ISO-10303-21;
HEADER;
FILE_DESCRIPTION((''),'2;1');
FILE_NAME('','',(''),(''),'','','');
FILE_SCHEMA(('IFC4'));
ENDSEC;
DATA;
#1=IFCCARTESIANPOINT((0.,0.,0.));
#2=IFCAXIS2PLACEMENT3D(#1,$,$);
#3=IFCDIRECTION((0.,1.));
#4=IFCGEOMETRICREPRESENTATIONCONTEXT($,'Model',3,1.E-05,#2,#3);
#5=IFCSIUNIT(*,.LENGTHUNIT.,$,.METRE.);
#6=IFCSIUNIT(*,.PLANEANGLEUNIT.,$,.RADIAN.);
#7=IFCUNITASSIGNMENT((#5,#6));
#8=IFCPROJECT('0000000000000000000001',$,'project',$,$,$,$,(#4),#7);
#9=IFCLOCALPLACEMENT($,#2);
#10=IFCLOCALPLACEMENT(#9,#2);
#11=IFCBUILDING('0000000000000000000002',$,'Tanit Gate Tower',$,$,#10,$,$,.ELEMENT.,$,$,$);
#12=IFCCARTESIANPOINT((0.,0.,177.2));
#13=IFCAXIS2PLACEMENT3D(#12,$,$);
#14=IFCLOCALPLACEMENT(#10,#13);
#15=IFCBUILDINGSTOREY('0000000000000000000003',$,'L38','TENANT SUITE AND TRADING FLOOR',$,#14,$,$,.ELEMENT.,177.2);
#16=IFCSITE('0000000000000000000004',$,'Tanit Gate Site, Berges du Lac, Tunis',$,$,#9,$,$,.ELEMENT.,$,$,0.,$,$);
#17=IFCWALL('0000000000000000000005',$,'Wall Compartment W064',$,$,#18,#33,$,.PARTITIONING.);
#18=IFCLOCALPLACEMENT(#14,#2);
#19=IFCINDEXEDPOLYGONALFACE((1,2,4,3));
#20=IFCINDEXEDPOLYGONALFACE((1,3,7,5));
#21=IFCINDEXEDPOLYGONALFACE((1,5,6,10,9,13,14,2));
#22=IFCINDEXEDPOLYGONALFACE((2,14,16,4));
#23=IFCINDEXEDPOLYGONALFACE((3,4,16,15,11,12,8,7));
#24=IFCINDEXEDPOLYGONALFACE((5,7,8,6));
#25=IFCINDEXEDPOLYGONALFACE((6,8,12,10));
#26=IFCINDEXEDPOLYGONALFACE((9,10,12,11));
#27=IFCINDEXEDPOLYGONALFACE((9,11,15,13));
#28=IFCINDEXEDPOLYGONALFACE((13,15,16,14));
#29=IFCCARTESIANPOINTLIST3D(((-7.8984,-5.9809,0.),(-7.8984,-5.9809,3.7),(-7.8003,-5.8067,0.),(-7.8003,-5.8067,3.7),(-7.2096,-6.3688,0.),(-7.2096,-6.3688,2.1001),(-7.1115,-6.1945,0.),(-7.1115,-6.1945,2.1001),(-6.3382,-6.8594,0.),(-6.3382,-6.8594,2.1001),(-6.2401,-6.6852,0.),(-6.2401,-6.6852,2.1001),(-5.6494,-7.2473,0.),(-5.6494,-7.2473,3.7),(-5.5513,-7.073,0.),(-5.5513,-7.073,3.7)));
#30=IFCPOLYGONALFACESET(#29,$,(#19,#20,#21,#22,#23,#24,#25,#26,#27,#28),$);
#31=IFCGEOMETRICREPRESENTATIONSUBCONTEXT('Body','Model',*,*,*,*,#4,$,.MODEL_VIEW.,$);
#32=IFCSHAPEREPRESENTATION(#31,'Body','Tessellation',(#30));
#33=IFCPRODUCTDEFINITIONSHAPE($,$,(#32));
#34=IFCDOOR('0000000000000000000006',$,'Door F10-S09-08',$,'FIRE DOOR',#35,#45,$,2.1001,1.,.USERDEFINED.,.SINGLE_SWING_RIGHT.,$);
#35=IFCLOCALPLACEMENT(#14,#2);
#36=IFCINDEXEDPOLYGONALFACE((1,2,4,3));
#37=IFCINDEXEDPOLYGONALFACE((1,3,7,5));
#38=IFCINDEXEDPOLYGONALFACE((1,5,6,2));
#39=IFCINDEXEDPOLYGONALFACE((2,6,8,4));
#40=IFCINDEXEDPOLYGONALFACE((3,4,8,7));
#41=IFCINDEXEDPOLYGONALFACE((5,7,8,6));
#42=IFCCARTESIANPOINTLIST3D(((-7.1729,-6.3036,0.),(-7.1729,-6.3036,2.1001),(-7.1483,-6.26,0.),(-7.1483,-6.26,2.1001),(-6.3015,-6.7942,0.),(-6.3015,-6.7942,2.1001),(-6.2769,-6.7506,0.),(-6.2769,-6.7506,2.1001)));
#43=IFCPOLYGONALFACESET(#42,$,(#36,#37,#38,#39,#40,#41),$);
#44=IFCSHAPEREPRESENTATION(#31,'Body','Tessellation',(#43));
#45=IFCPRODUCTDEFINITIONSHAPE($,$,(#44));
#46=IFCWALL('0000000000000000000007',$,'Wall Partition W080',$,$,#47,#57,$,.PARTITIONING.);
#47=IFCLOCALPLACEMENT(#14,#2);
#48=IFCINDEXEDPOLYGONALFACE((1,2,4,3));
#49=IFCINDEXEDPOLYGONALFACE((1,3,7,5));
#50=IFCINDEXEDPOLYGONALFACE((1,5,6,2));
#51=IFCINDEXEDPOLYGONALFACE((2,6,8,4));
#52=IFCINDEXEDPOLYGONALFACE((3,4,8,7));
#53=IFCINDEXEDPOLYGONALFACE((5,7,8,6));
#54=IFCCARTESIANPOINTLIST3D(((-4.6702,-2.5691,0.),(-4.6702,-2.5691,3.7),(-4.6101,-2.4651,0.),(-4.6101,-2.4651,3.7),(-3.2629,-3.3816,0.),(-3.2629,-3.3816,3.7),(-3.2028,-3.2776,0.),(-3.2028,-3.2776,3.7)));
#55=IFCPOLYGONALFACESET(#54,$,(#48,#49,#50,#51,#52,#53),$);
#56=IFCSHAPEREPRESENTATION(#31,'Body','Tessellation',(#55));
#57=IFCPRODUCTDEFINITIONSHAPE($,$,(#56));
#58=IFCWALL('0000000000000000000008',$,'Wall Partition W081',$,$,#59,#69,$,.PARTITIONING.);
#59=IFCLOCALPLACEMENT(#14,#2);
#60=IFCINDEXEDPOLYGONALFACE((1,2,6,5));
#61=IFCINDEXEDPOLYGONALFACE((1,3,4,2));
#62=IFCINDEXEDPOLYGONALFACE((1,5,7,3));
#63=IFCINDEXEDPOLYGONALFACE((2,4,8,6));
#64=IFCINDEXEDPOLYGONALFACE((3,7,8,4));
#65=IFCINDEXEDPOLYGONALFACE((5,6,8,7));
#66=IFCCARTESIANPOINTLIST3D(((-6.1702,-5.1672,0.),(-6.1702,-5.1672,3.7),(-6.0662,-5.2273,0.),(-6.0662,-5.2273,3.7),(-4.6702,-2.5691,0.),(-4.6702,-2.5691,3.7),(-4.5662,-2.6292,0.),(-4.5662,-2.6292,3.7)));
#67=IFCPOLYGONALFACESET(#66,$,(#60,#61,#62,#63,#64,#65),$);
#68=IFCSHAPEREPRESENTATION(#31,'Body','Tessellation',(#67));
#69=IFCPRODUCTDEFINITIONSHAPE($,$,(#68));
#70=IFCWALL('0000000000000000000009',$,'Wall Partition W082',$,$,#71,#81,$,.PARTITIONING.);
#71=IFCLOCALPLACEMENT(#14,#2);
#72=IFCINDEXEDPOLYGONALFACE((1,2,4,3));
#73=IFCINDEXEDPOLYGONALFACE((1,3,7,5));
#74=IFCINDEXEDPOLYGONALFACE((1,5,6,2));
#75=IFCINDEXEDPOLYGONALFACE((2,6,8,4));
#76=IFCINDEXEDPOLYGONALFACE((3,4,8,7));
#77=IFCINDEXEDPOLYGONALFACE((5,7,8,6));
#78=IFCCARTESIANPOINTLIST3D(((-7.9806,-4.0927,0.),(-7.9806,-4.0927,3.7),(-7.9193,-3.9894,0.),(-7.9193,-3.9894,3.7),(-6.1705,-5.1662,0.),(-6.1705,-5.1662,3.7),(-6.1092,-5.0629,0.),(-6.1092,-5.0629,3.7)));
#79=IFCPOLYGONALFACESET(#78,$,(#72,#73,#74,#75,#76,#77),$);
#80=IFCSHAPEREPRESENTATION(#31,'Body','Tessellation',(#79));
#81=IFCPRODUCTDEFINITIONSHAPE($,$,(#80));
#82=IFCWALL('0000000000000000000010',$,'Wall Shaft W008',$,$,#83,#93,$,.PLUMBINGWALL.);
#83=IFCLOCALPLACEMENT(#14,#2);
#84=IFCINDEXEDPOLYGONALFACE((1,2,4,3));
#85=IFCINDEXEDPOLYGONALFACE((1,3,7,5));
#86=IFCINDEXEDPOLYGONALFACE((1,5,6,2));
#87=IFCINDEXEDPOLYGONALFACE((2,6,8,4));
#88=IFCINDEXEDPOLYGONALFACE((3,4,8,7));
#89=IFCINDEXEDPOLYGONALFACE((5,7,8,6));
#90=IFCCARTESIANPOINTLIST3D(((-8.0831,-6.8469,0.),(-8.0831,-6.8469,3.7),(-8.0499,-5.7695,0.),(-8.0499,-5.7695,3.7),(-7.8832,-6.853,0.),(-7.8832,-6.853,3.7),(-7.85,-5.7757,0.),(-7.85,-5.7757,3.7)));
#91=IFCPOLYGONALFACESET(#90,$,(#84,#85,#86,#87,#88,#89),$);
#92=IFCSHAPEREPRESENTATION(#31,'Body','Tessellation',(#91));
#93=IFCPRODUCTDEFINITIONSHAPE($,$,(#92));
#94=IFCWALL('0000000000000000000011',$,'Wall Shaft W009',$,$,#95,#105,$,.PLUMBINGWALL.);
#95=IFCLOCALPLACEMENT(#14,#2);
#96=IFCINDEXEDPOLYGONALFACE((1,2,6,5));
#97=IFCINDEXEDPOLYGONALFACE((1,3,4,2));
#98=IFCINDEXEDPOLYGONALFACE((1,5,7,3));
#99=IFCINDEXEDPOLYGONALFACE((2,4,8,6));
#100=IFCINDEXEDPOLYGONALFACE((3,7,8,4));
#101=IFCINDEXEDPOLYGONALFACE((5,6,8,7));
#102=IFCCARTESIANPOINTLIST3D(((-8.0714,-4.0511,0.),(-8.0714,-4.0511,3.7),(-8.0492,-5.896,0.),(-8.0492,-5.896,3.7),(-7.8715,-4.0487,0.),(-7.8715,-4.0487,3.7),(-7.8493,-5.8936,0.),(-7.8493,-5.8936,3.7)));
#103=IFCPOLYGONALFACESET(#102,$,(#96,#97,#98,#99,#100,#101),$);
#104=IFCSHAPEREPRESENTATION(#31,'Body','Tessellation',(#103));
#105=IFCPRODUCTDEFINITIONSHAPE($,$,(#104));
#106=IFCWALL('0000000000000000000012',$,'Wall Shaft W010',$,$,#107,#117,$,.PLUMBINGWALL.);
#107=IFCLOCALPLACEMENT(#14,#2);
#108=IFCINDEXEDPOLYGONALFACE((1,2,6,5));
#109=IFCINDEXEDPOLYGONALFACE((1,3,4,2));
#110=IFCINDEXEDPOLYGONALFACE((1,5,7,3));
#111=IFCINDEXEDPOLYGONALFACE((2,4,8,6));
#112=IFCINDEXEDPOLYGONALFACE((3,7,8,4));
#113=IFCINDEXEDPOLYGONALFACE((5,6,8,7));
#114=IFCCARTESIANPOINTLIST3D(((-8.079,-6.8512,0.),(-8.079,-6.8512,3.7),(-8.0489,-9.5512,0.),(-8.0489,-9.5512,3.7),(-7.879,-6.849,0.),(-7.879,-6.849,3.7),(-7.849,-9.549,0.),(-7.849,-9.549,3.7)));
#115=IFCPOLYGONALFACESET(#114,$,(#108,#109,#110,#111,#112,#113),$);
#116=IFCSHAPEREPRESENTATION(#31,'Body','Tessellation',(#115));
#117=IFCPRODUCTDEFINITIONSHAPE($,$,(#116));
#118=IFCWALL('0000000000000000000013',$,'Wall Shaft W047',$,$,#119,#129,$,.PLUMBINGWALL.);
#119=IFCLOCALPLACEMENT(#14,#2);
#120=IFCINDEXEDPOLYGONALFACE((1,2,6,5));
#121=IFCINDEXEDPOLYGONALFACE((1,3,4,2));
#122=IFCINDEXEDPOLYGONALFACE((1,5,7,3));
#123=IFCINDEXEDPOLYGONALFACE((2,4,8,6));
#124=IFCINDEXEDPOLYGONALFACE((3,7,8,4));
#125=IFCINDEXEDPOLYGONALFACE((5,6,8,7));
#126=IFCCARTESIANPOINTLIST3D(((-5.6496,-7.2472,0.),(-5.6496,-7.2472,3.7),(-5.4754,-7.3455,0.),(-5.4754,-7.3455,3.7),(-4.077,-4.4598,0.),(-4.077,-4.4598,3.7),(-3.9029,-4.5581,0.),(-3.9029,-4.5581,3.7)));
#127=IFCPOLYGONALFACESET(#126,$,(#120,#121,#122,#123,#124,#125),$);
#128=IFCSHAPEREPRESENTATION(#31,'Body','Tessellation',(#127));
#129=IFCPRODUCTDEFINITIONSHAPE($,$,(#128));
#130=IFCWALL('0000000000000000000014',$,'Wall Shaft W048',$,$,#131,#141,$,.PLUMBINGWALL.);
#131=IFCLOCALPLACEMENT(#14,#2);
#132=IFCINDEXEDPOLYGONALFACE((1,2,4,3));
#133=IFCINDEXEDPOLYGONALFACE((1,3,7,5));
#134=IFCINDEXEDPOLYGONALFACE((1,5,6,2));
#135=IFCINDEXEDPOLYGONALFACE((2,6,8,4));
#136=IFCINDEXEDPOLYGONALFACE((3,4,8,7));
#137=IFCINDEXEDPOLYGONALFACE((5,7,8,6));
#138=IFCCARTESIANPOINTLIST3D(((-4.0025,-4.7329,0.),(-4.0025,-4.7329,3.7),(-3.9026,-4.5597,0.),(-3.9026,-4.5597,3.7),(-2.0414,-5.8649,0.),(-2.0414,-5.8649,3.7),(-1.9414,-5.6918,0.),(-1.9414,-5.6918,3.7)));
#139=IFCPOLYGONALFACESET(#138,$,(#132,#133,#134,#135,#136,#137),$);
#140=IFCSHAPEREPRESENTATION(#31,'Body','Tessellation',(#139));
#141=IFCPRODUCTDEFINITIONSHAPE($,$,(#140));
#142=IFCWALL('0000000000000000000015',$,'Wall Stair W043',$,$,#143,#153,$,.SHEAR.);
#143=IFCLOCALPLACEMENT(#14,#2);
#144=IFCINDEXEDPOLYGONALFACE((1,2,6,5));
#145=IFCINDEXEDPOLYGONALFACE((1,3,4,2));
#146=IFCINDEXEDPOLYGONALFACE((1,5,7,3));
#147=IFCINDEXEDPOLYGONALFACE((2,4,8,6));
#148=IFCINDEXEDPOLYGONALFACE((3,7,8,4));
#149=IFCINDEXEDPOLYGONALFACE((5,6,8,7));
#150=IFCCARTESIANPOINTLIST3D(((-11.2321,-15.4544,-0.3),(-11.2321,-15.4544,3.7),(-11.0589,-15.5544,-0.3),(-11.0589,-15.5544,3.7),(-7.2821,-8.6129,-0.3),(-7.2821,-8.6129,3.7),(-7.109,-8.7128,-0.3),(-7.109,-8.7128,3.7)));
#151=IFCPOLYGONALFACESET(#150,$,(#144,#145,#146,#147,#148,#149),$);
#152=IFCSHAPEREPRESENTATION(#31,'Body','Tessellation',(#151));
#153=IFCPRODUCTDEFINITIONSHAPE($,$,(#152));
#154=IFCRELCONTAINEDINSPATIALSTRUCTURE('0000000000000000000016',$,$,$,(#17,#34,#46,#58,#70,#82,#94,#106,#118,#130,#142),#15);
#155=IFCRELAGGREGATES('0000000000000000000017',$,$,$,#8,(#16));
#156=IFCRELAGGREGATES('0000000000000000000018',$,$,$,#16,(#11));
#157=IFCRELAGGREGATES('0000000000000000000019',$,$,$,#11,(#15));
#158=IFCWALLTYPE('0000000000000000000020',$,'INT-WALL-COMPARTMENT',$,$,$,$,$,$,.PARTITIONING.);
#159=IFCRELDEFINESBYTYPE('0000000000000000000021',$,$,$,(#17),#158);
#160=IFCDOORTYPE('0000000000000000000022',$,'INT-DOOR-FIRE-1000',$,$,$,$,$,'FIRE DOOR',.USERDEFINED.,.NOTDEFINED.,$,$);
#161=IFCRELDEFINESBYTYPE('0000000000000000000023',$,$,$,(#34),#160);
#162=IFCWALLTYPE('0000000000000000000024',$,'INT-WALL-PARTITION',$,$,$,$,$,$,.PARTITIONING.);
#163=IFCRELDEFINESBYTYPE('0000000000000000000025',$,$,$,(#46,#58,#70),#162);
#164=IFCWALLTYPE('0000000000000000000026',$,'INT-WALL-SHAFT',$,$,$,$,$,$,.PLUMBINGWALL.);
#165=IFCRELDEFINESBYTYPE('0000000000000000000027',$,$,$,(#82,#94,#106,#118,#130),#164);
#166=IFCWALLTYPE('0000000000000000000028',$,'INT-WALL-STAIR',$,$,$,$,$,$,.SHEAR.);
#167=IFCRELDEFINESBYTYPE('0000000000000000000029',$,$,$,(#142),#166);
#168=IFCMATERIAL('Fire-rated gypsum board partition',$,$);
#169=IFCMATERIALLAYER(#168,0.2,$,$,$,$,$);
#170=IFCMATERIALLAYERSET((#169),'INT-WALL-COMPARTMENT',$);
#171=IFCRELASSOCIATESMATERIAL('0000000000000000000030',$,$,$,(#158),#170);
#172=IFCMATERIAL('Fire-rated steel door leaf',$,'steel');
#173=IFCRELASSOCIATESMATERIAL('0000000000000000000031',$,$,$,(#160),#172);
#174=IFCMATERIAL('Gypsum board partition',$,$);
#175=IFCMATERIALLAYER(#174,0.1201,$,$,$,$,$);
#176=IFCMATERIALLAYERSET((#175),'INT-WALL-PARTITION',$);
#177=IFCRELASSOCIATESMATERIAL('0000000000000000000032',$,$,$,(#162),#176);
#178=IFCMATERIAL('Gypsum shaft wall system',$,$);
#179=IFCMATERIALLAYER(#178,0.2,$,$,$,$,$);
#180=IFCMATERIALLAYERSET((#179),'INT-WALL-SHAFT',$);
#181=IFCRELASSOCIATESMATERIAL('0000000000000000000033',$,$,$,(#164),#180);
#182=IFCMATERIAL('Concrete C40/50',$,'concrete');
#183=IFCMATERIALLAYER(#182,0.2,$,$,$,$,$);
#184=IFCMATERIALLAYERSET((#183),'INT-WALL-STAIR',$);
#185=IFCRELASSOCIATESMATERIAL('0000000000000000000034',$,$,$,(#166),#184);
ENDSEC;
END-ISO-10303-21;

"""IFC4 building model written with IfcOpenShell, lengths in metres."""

from ifc_helpers import new_model, si_unit, direction, frame, frame_2d, origin, place, context, subcontext, project, spatial, rectangle, extrude, material, layer, layer_set, type_object, element, fill, save


model = new_model("IFC4")

# Units and contexts
model_context = context("Model", 3, precision=1e-05, world=origin(), true_north=direction((0.0, 1.0)))
body_context = subcontext(model_context, "Body", "Model", "MODEL_VIEW")
ifc_project = project(units=[si_unit("LENGTHUNIT", "METRE"), si_unit("PLANEANGLEUNIT", "RADIAN")], contexts=[model_context])

# Site, building, storey
site_placement = place(None, origin())
site = spatial("IfcSite", under=ifc_project, at=site_placement, Name="Tanit Gate Site, Berges du Lac, Tunis", CompositionType="ELEMENT", RefElevation=0.0)
building_placement = place(site_placement, origin())
building = spatial("IfcBuilding", under=site, at=building_placement, Name="Tanit Gate Tower", CompositionType="ELEMENT")
storey_placement = place(building_placement, frame((0.0, 0.0, 177.2)))
storey = spatial("IfcBuildingStorey", under=building, at=storey_placement, Name="L38", Description="TENANT SUITE AND TRADING FLOOR", CompositionType="ELEMENT", Elevation=177.2)

# Wall, opening, door
ifc_material_1 = material(Name="Fire-rated gypsum board partition")
ifc_layer_1 = layer(ifc_material_1, 0.2)
ifc_layer_set_1 = layer_set([ifc_layer_1], Name="INT-WALL-COMPARTMENT")
wall_type_1 = type_object("IfcWallType", Name="INT-WALL-COMPARTMENT", PredefinedType="PARTITIONING", material=ifc_layer_set_1)
wall_1_placement = place(storey_placement, frame((-7.8494, -5.8938, 0.0), z_axis=(0.0, 0.0, 1.0), x_axis=(0.871363, -0.490638, 0.0)))
wall_1 = element("IfcWall", 1, at=wall_1_placement, inside=storey, type_object=wall_type_1, Name="Wall Compartment W064", PredefinedType="PARTITIONING", context=body_context, shape_type="SweptSolid", body=[
    extrude(rectangle(XDim=2.5811, YDim=0.2, at=frame_2d((1.2905, 0.0))), origin(), (0.0, 0.0, 1.0), 3.7),
])
opening_placement = place(wall_1_placement, frame((0.7905, 0.0, 0.0)))
opening = element("IfcOpeningElement", 2, at=opening_placement, cuts=wall_1, PredefinedType="OPENING", context=body_context, shape_type="SweptSolid", body=[
    extrude(rectangle(XDim=1.0, YDim=2.1001, at=frame_2d((0.5, 1.05))), frame((0.0, 0.1099, 0.0), z_axis=(0.0, -1.0, 0.0), x_axis=(1.0, 0.0, 0.0)), (0.0, 0.0, 1.0), 0.22),
])
ifc_material_2 = material(Name="Fire-rated steel door leaf", Category="steel")
door_type = type_object("IfcDoorType", Name="INT-DOOR-FIRE-1000", ElementType="FIRE DOOR", OperationType="NOTDEFINED", PredefinedType="USERDEFINED", material=ifc_material_2)
door_placement = place(opening_placement, origin())
door = element("IfcDoor", 3, at=door_placement, inside=storey, type_object=door_type, Name="Door F10-S09-08", ObjectType="FIRE DOOR", OperationType="SINGLE_SWING_RIGHT", OverallHeight=2.1001, OverallWidth=1.0, PredefinedType="USERDEFINED", context=body_context, shape_type="SweptSolid", body=[
    extrude(rectangle(XDim=1.0, YDim=2.1001, at=frame_2d((0.5, 1.05))), frame((0.0, 0.0249, 0.0), z_axis=(0.0, -1.0, 0.0), x_axis=(1.0, 0.0, 0.0)), (0.0, 0.0, 1.0), 0.05),
])
fill(opening, door)

# Walls
ifc_material_3 = material(Name="Gypsum board partition")
ifc_layer_2 = layer(ifc_material_3, 0.1201)
ifc_layer_set_2 = layer_set([ifc_layer_2], Name="INT-WALL-PARTITION")
wall_type_2 = type_object("IfcWallType", Name="INT-WALL-PARTITION", PredefinedType="PARTITIONING", material=ifc_layer_set_2)
wall_2_placement = place(storey_placement, frame((-4.6401, -2.5171, 0.0), z_axis=(0.0, 0.0, 1.0), x_axis=(0.866015, -0.500017, 0.0)))
element("IfcWall", 4, at=wall_2_placement, inside=storey, type_object=wall_type_2, Name="Wall Partition W080", PredefinedType="PARTITIONING", context=body_context, shape_type="SweptSolid", body=[
    extrude(rectangle(XDim=1.625, YDim=0.1201, at=frame_2d((0.8125, 0.0))), origin(), (0.0, 0.0, 1.0), 3.7),
])
wall_3_placement = place(storey_placement, frame((-6.1182, -5.1973, 0.0), z_axis=(0.0, 0.0, 1.0), x_axis=(0.49999, 0.866031, 0.0)))
element("IfcWall", 5, at=wall_3_placement, inside=storey, type_object=wall_type_2, Name="Wall Partition W081", PredefinedType="PARTITIONING", context=body_context, shape_type="SweptSolid", body=[
    extrude(rectangle(XDim=3.0, YDim=0.1201, at=frame_2d((1.5, 0.0))), origin(), (0.0, 0.0, 1.0), 3.7),
])
wall_4_placement = place(storey_placement, frame((-7.95, -4.041, 0.0), z_axis=(0.0, 0.0, 1.0), x_axis=(0.860112, -0.510104, 0.0)))
element("IfcWall", 6, at=wall_4_placement, inside=storey, type_object=wall_type_2, Name="Wall Partition W082", PredefinedType="PARTITIONING", context=body_context, shape_type="SweptSolid", body=[
    extrude(rectangle(XDim=2.1045, YDim=0.1201, at=frame_2d((1.0522, 0.0))), origin(), (0.0, 0.0, 1.0), 3.7),
])
ifc_material_4 = material(Name="Gypsum shaft wall system")
ifc_layer_3 = layer(ifc_material_4, 0.2)
ifc_layer_set_3 = layer_set([ifc_layer_3], Name="INT-WALL-SHAFT")
wall_type_3 = type_object("IfcWallType", Name="INT-WALL-SHAFT", PredefinedType="PLUMBINGWALL", material=ifc_layer_set_3)
wall_5_placement = place(storey_placement, frame((-7.95, -5.7725, 0.0), z_axis=(0.0, 0.0, 1.0), x_axis=(-0.030803, -0.999525, 0.0)))
element("IfcWall", 7, at=wall_5_placement, inside=storey, type_object=wall_type_3, Name="Wall Shaft W008", PredefinedType="PLUMBINGWALL", context=body_context, shape_type="SweptSolid", body=[
    extrude(rectangle(XDim=1.0779, YDim=0.2, at=frame_2d((0.5391, 0.0))), origin(), (0.0, 0.0, 1.0), 3.7),
])
wall_6_placement = place(storey_placement, frame((-7.9714, -4.05, 0.0), z_axis=(0.0, 0.0, 1.0), x_axis=(0.012043, -0.999927, 0.0)))
element("IfcWall", 8, at=wall_6_placement, inside=storey, type_object=wall_type_3, Name="Wall Shaft W009", PredefinedType="PLUMBINGWALL", context=body_context, shape_type="SweptSolid", body=[
    extrude(rectangle(XDim=1.845, YDim=0.2, at=frame_2d((0.9224, 0.0))), origin(), (0.0, 0.0, 1.0), 3.7),
])
wall_7_placement = place(storey_placement, frame((-7.979, -6.8501, 0.0), z_axis=(0.0, 0.0, 1.0), x_axis=(0.011121, -0.999938, 0.0)))
element("IfcWall", 9, at=wall_7_placement, inside=storey, type_object=wall_type_3, Name="Wall Shaft W010", PredefinedType="PLUMBINGWALL", context=body_context, shape_type="SweptSolid", body=[
    extrude(rectangle(XDim=2.7002, YDim=0.2, at=frame_2d((1.3501, 0.0))), origin(), (0.0, 0.0, 1.0), 3.7),
])
wall_8_placement = place(storey_placement, frame((-3.99, -4.509, 0.0), z_axis=(0.0, 0.0, 1.0), x_axis=(-0.491358, -0.870958, 0.0)))
element("IfcWall", 10, at=wall_8_placement, inside=storey, type_object=wall_type_3, Name="Wall Shaft W047", PredefinedType="PLUMBINGWALL", context=body_context, shape_type="SweptSolid", body=[
    extrude(rectangle(XDim=3.2004, YDim=0.2, at=frame_2d((1.6001, 0.0))), origin(), (0.0, 0.0, 1.0), 3.7),
])
wall_9_placement = place(storey_placement, frame((-3.9526, -4.6462, 0.0), z_axis=(0.0, 0.0, 1.0), x_axis=(0.866065, -0.499931, 0.0)))
element("IfcWall", 11, at=wall_9_placement, inside=storey, type_object=wall_type_3, Name="Wall Shaft W048", PredefinedType="PLUMBINGWALL", context=body_context, shape_type="SweptSolid", body=[
    extrude(rectangle(XDim=2.2644, YDim=0.2, at=frame_2d((1.1323, 0.0))), origin(), (0.0, 0.0, 1.0), 3.7),
])
ifc_material_5 = material(Name="Concrete C40/50", Category="concrete")
ifc_layer_4 = layer(ifc_material_5, 0.2)
ifc_layer_set_4 = layer_set([ifc_layer_4], Name="INT-WALL-STAIR")
wall_type_4 = type_object("IfcWallType", Name="INT-WALL-STAIR", PredefinedType="SHEAR", material=ifc_layer_set_4)
wall_10_placement = place(storey_placement, frame((-7.1956, -8.6628, -0.3), z_axis=(0.0, 0.0, 1.0), x_axis=(-0.499998, -0.866027, 0.0)))
element("IfcWall", 12, at=wall_10_placement, inside=storey, type_object=wall_type_4, Name="Wall Stair W043", PredefinedType="SHEAR", context=body_context, shape_type="SweptSolid", body=[
    extrude(rectangle(XDim=7.8999, YDim=0.2, at=frame_2d((3.95, 0.0))), origin(), (0.0, 0.0, 1.0), 4.0),
])

save(model, "model.ifc")
